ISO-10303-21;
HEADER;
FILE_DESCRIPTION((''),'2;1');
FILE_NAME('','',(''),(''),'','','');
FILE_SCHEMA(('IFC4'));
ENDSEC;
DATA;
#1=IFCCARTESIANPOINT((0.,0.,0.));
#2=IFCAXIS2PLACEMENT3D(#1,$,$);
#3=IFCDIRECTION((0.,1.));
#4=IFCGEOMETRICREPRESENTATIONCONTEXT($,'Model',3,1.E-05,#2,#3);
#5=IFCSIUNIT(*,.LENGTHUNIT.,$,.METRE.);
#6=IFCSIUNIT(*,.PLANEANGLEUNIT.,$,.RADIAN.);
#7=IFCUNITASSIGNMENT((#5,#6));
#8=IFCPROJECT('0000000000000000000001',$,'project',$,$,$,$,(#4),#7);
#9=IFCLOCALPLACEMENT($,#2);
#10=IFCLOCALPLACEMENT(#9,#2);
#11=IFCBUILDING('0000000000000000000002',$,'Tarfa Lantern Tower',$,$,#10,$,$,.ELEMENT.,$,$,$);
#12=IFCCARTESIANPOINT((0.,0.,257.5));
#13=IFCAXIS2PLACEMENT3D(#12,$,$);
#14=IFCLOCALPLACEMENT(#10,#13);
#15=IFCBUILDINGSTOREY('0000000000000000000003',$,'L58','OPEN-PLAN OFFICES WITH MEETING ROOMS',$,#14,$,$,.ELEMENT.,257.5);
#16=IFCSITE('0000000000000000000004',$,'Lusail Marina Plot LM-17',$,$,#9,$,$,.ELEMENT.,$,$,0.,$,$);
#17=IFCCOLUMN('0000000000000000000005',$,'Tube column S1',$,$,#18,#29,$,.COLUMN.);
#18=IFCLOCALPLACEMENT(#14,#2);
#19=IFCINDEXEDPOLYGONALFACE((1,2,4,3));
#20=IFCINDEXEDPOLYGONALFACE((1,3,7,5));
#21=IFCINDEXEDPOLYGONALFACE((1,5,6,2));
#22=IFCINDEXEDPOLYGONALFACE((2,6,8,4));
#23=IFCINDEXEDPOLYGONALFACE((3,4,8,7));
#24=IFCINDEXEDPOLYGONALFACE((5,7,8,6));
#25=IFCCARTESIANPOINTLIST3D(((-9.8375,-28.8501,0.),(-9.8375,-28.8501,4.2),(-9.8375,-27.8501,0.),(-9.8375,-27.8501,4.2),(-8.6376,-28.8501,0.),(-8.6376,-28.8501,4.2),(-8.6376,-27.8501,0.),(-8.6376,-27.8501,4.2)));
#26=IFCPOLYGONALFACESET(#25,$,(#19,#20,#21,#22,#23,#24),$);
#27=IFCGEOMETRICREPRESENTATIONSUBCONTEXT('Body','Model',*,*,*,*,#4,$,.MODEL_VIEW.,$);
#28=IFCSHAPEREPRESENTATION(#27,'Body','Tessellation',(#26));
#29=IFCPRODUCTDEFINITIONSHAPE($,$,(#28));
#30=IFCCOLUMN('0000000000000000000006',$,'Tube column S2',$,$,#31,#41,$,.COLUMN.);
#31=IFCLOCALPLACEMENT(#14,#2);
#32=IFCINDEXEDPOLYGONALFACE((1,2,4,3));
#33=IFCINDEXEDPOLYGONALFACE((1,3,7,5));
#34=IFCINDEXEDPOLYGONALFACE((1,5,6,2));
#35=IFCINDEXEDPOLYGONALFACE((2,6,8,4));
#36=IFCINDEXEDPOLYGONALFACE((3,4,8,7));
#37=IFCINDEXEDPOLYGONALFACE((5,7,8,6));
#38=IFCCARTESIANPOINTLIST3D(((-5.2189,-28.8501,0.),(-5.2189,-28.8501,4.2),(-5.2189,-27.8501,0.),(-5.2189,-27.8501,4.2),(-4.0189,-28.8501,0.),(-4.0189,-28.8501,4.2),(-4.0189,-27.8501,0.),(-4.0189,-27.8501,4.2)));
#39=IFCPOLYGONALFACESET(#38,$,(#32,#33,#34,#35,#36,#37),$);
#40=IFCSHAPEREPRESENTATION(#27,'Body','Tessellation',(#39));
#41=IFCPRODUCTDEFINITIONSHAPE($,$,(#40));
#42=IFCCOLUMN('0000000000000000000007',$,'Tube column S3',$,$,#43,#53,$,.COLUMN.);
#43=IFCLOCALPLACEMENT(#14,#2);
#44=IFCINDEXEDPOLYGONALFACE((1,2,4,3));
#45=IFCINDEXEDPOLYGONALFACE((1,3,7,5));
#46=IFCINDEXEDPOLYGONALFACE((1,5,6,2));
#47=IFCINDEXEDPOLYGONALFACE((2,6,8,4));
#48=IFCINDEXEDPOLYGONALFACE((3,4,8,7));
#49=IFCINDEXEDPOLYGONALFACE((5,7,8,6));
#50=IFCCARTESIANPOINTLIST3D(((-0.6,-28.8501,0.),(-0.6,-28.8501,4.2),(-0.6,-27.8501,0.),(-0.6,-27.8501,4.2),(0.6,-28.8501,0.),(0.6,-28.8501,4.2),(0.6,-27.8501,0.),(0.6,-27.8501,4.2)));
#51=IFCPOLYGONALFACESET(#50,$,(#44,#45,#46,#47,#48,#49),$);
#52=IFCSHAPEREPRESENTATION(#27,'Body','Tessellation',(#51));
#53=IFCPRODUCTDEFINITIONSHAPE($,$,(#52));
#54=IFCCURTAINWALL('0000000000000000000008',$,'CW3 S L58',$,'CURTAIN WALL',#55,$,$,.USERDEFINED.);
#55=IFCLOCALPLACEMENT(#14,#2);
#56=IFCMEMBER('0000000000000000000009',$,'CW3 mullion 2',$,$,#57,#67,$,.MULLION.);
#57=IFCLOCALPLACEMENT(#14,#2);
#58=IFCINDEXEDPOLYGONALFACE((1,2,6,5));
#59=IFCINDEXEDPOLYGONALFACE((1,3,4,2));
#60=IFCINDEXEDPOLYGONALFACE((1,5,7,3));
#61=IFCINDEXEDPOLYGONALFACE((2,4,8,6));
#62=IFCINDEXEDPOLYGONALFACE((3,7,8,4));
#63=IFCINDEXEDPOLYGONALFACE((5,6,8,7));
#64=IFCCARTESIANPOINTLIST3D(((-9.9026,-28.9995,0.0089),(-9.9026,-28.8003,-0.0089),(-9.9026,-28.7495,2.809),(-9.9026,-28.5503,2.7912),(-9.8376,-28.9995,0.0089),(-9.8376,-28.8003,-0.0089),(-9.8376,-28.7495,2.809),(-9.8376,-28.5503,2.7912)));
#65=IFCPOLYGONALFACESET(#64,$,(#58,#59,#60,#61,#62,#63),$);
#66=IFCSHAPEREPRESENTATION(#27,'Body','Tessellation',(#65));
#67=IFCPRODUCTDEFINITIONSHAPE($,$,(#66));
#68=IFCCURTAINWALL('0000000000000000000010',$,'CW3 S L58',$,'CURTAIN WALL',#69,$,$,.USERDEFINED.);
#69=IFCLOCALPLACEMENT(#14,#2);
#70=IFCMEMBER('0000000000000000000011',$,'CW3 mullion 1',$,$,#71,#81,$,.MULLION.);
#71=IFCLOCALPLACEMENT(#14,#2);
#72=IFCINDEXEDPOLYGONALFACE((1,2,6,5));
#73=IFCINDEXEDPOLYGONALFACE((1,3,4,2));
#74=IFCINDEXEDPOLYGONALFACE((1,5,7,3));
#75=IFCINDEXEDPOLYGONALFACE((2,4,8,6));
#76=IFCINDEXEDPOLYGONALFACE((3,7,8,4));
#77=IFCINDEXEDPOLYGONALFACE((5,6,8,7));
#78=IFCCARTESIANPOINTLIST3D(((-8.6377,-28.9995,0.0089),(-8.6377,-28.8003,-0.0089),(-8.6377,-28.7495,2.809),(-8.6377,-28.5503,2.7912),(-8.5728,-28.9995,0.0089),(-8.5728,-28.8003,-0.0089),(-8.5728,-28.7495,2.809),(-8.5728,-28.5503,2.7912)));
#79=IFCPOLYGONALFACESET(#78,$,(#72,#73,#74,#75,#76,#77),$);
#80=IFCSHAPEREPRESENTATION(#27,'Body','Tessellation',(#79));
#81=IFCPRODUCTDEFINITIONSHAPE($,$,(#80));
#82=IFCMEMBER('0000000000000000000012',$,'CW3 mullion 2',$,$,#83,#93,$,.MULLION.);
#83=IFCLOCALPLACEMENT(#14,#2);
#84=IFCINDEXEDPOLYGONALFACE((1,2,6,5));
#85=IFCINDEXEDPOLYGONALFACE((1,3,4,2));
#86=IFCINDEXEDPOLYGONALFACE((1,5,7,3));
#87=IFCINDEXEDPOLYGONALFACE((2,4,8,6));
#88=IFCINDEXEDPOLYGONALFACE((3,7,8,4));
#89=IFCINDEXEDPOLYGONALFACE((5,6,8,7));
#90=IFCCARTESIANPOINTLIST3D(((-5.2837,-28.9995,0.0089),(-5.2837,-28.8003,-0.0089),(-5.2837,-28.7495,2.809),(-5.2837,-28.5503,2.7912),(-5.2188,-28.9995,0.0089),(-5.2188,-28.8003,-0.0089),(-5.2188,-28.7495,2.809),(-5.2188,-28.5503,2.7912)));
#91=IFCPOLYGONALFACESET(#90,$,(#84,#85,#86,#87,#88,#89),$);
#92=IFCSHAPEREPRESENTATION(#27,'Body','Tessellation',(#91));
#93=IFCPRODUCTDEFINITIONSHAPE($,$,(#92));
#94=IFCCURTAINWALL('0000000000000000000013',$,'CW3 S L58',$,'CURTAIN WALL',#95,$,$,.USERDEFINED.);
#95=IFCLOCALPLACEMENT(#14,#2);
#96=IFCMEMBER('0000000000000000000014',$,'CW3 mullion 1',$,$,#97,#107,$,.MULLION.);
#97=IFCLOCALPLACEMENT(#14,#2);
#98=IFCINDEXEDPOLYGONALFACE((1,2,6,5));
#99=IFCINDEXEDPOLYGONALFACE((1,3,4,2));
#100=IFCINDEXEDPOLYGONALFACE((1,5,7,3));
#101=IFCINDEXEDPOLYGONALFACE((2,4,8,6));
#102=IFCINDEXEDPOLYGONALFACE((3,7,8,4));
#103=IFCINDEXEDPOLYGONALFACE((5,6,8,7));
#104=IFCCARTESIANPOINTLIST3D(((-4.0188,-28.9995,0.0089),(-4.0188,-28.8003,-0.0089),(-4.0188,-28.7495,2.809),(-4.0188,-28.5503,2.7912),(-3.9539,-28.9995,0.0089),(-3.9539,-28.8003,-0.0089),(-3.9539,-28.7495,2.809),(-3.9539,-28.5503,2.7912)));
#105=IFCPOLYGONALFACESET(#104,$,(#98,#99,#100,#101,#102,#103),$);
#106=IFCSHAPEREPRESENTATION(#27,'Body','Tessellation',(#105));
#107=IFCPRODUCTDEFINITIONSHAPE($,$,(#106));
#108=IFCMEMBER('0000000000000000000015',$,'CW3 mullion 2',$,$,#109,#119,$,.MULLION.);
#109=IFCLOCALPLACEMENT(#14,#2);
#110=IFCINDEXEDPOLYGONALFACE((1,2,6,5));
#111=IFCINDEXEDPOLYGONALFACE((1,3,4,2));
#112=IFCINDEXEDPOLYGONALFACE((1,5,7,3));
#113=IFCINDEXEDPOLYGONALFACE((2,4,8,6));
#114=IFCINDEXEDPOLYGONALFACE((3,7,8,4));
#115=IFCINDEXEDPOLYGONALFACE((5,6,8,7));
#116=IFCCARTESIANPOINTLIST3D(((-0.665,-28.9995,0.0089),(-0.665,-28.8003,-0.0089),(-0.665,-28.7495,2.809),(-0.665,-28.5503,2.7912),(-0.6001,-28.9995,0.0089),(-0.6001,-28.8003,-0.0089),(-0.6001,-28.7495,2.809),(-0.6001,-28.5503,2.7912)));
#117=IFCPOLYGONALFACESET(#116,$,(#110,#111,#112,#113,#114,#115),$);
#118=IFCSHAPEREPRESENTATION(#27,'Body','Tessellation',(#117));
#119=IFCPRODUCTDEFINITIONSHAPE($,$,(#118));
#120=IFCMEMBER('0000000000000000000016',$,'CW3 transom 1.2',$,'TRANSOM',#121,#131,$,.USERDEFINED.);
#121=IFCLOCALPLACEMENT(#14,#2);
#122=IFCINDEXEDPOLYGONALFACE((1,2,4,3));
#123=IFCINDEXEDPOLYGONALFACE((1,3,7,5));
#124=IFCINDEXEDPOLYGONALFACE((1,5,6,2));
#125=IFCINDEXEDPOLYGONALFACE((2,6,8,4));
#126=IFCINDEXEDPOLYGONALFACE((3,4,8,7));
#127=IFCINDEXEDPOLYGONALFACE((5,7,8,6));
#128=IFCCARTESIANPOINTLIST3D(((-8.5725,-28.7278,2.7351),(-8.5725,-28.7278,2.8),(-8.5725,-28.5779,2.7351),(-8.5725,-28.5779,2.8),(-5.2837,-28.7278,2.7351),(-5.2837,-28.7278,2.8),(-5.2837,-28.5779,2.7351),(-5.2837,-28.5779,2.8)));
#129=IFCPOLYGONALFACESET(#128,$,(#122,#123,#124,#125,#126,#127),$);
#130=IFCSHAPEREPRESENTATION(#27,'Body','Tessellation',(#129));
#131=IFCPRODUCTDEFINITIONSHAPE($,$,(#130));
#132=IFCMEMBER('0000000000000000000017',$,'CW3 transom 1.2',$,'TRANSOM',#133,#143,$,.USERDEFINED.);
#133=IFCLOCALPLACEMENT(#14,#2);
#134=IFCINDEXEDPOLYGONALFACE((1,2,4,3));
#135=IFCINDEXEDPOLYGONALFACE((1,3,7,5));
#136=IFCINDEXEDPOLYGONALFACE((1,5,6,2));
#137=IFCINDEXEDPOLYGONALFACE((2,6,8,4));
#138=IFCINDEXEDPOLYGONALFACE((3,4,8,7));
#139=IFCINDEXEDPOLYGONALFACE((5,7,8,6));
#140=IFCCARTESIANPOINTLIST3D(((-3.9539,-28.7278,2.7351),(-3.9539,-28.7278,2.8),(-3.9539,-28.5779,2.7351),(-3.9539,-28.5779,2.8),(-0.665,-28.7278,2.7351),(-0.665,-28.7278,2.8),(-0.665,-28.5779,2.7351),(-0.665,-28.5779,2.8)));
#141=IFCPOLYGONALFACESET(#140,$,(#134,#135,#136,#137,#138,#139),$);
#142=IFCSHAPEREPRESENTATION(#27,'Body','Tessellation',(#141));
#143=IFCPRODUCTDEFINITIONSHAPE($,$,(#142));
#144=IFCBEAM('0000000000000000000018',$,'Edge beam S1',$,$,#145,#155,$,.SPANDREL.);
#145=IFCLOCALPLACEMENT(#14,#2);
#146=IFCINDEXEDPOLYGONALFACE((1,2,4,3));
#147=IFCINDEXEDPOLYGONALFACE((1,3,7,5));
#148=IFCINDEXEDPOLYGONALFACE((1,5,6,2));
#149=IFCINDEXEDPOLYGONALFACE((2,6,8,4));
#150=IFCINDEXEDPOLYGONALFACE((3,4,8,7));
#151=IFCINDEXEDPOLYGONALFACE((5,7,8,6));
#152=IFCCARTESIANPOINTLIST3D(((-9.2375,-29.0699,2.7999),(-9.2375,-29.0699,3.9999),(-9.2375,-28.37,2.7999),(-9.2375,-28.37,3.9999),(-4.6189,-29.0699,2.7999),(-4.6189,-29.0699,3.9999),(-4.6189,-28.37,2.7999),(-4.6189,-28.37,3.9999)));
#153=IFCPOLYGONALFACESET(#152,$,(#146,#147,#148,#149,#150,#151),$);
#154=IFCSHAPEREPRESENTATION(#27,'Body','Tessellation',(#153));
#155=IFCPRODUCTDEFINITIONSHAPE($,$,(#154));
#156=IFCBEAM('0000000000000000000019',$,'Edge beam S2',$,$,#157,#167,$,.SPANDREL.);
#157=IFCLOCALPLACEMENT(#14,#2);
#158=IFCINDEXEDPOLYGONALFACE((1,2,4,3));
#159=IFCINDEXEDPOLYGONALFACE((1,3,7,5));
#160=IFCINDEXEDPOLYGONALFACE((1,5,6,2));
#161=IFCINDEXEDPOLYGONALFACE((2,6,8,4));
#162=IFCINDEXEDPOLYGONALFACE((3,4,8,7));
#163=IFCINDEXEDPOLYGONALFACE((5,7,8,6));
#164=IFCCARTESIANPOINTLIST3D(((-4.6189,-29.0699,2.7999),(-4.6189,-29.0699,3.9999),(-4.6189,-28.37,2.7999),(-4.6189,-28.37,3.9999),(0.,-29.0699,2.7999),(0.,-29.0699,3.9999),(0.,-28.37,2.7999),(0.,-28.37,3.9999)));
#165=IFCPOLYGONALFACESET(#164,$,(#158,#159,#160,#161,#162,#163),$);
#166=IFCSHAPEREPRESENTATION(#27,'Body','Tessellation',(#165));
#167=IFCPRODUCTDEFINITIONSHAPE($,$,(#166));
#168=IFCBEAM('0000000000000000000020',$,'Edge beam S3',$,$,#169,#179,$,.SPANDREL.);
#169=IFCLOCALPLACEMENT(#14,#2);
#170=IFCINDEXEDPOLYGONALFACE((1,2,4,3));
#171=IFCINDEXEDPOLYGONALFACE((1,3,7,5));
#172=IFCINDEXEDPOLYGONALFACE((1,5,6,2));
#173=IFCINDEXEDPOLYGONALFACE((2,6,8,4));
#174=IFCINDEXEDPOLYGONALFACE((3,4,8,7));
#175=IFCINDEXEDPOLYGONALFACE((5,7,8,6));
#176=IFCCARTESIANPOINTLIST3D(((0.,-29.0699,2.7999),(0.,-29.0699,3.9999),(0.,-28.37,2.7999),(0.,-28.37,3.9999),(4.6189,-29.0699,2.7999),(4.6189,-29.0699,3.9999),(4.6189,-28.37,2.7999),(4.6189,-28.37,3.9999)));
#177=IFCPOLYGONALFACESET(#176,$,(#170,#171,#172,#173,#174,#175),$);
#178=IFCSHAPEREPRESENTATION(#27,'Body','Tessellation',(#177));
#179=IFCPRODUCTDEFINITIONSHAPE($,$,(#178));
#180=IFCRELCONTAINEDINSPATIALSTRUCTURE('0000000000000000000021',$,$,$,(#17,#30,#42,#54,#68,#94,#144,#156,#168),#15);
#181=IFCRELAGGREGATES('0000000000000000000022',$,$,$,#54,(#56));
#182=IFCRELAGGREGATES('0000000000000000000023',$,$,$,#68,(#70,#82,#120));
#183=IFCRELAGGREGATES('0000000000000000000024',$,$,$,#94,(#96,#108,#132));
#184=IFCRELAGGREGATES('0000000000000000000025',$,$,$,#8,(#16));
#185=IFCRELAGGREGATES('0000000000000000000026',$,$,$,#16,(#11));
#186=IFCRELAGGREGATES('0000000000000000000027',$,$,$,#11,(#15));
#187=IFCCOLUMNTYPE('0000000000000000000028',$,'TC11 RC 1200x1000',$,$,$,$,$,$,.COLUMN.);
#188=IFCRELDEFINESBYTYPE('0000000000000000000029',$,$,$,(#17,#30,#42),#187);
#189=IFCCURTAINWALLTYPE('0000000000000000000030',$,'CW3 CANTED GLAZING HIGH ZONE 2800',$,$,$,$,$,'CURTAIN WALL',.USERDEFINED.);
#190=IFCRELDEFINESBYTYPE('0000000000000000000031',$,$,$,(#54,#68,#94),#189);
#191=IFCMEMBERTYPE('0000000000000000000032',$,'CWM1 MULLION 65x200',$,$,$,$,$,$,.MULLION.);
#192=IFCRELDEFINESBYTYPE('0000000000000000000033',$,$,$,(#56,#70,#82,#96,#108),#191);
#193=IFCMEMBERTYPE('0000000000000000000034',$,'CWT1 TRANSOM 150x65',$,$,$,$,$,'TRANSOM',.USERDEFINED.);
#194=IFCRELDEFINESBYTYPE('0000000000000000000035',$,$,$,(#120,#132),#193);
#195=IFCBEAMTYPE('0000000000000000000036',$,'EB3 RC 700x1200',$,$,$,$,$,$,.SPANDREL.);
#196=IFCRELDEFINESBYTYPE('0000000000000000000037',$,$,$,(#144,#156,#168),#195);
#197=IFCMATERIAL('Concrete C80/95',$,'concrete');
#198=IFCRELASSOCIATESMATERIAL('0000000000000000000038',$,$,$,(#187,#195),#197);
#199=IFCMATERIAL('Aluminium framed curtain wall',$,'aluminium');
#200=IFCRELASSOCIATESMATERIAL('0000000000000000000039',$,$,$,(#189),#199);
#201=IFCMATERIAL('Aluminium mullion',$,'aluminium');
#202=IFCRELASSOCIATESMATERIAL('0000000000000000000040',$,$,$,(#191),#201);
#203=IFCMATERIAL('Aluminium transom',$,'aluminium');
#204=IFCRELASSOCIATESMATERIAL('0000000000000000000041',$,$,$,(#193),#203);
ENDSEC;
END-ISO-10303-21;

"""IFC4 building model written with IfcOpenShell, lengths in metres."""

from ifc_helpers import new_model, si_unit, direction, frame, origin, origin_2d, place, context, subcontext, project, spatial, rectangle, extrude, material, material_profile, profile_set, type_object, element, aggregate, save


model = new_model("IFC4")

# Units and contexts
model_context = context("Model", 3, precision=1e-05, world=origin(), true_north=direction((0.0, 1.0)))
body_context = subcontext(model_context, "Body", "Model", "MODEL_VIEW")
ifc_project = project(units=[si_unit("LENGTHUNIT", "METRE"), si_unit("PLANEANGLEUNIT", "RADIAN")], contexts=[model_context])

# Site, building, storey
site_placement = place(None, origin())
site = spatial("IfcSite", under=ifc_project, at=site_placement, Name="Lusail Marina Plot LM-17", CompositionType="ELEMENT", RefElevation=0.0)
building_placement = place(site_placement, origin())
building = spatial("IfcBuilding", under=site, at=building_placement, Name="Tarfa Lantern Tower", CompositionType="ELEMENT")
storey_placement = place(building_placement, frame((0.0, 0.0, 257.5)))
storey = spatial("IfcBuildingStorey", under=building, at=storey_placement, Name="L58", Description="OPEN-PLAN OFFICES WITH MEETING ROOMS", CompositionType="ELEMENT", Elevation=257.5)

# Columns
ifc_material_1 = material(Name="Concrete C80/95", Category="concrete")
ifc_material_profile_1 = material_profile(ifc_material_1, rectangle(XDim=1.2, YDim=1.0, at=origin_2d()), Name="RC 1200x1000")
ifc_profile_set_1 = profile_set([ifc_material_profile_1], Name="Concrete C80/95")
column_type = type_object("IfcColumnType", Name="TC11 RC 1200x1000", PredefinedType="COLUMN", material=ifc_profile_set_1)
for number, where, z_axis, x_axis, name in (
    (1, (-9.2375, -28.3501, 0.0), (0.0, 0.0, 1.0), (1.0, 0.0, 0.0), "Tube column S1"),
    (2, (-4.6189, -28.3501, 0.0), (0.0, 0.0, 1.0), (1.0, 0.0, 0.0), "Tube column S2"),
    (3, (0.0, -28.3501, 0.0), (0.0, 0.0, 1.0), (1.0, 0.0, 0.0), "Tube column S3"),
):
    element("IfcColumn", number, at=place(storey_placement, frame(where, z_axis=z_axis, x_axis=x_axis)), inside=storey, type_object=column_type, Name=name, PredefinedType="COLUMN", context=body_context, shape_type="SweptSolid", body=[
        extrude(rectangle(XDim=1.2, YDim=1.0, at=origin_2d()), origin(), (0.0, 0.0, 1.0), 4.2),
    ])

# Curtain wall, member
ifc_material_2 = material(Name="Aluminium framed curtain wall", Category="aluminium")
curtain_wall_type = type_object("IfcCurtainWallType", Name="CW3 CANTED GLAZING HIGH ZONE 2800", ElementType="CURTAIN WALL", PredefinedType="USERDEFINED", material=ifc_material_2)
curtain_wall_1_placement = place(storey_placement, origin())
curtain_wall_1 = element("IfcCurtainWall", 4, at=curtain_wall_1_placement, inside=storey, type_object=curtain_wall_type, Name="CW3 S L58", ObjectType="CURTAIN WALL", PredefinedType="USERDEFINED")
ifc_material_3 = material(Name="Aluminium mullion", Category="aluminium")
ifc_material_profile_2 = material_profile(ifc_material_3, rectangle(XDim=0.0649, YDim=0.2, at=origin_2d()), Name="AL MULLION 65x200")
ifc_profile_set_2 = profile_set([ifc_material_profile_2], Name="Aluminium mullion")
member_type_1 = type_object("IfcMemberType", Name="CWM1 MULLION 65x200", PredefinedType="MULLION", material=ifc_profile_set_2)
member_1_placement = place(storey_placement, frame((-9.8701, -28.8999, 0.0), z_axis=(0.0, 0.08893, 0.996038), x_axis=(-1.0, 0.0, 0.0)))
member_1 = element("IfcMember", 5, at=member_1_placement, type_object=member_type_1, Name="CW3 mullion 2", PredefinedType="MULLION", context=body_context, shape_type="SweptSolid", body=[
    extrude(rectangle(XDim=0.0649, YDim=0.2, at=origin_2d()), origin(), (0.0, 0.0, 1.0), 2.8113),
])
aggregate(curtain_wall_1, [member_1])

# Curtain walls, members
curtain_wall_2_placement = place(storey_placement, origin())
curtain_wall_2 = element("IfcCurtainWall", 6, at=curtain_wall_2_placement, inside=storey, type_object=curtain_wall_type, Name="CW3 S L58", ObjectType="CURTAIN WALL", PredefinedType="USERDEFINED")
member_2_placement = place(storey_placement, frame((-8.6052, -28.8999, 0.0), z_axis=(0.0, 0.08893, 0.996038), x_axis=(-1.0, 0.0, 0.0)))
member_2 = element("IfcMember", 7, at=member_2_placement, type_object=member_type_1, Name="CW3 mullion 1", PredefinedType="MULLION", context=body_context, shape_type="SweptSolid", body=[
    extrude(rectangle(XDim=0.0649, YDim=0.2, at=origin_2d()), origin(), (0.0, 0.0, 1.0), 2.8113),
])
member_3_placement = place(storey_placement, frame((-5.2512, -28.8999, 0.0), z_axis=(0.0, 0.08893, 0.996038), x_axis=(-1.0, 0.0, 0.0)))
member_3 = element("IfcMember", 8, at=member_3_placement, type_object=member_type_1, Name="CW3 mullion 2", PredefinedType="MULLION", context=body_context, shape_type="SweptSolid", body=[
    extrude(rectangle(XDim=0.0649, YDim=0.2, at=origin_2d()), origin(), (0.0, 0.0, 1.0), 2.8113),
])
curtain_wall_3_placement = place(storey_placement, origin())
curtain_wall_3 = element("IfcCurtainWall", 9, at=curtain_wall_3_placement, inside=storey, type_object=curtain_wall_type, Name="CW3 S L58", ObjectType="CURTAIN WALL", PredefinedType="USERDEFINED")
member_4_placement = place(storey_placement, frame((-3.9863, -28.8999, 0.0), z_axis=(0.0, 0.08893, 0.996038), x_axis=(-1.0, 0.0, 0.0)))
member_4 = element("IfcMember", 10, at=member_4_placement, type_object=member_type_1, Name="CW3 mullion 1", PredefinedType="MULLION", context=body_context, shape_type="SweptSolid", body=[
    extrude(rectangle(XDim=0.0649, YDim=0.2, at=origin_2d()), origin(), (0.0, 0.0, 1.0), 2.8113),
])
member_5_placement = place(storey_placement, frame((-0.6326, -28.8999, 0.0), z_axis=(0.0, 0.08893, 0.996038), x_axis=(-1.0, 0.0, 0.0)))
member_5 = element("IfcMember", 11, at=member_5_placement, type_object=member_type_1, Name="CW3 mullion 2", PredefinedType="MULLION", context=body_context, shape_type="SweptSolid", body=[
    extrude(rectangle(XDim=0.0649, YDim=0.2, at=origin_2d()), origin(), (0.0, 0.0, 1.0), 2.8113),
])

# Members
ifc_material_4 = material(Name="Aluminium transom", Category="aluminium")
ifc_material_profile_3 = material_profile(ifc_material_4, rectangle(XDim=0.1499, YDim=0.0649, at=origin_2d()), Name="AL TRANSOM 150x65")
ifc_profile_set_3 = profile_set([ifc_material_profile_3], Name="Aluminium transom")
member_type_2 = type_object("IfcMemberType", Name="CWT1 TRANSOM 150x65", ElementType="TRANSOM", PredefinedType="USERDEFINED", material=ifc_profile_set_3)
member_6_placement = place(storey_placement, frame((-8.5725, -28.6528, 2.7676), z_axis=(1.0, 0.0, 0.0), x_axis=(0.0, 1.0, 0.0)))
member_6 = element("IfcMember", 12, at=member_6_placement, type_object=member_type_2, Name="CW3 transom 1.2", ObjectType="TRANSOM", PredefinedType="USERDEFINED", context=body_context, shape_type="SweptSolid", body=[
    extrude(rectangle(XDim=0.1499, YDim=0.0649, at=origin_2d()), origin(), (0.0, 0.0, 1.0), 3.2888),
])
member_7_placement = place(storey_placement, frame((-3.9539, -28.6528, 2.7676), z_axis=(1.0, 0.0, 0.0), x_axis=(0.0, 1.0, 0.0)))
member_7 = element("IfcMember", 13, at=member_7_placement, type_object=member_type_2, Name="CW3 transom 1.2", ObjectType="TRANSOM", PredefinedType="USERDEFINED", context=body_context, shape_type="SweptSolid", body=[
    extrude(rectangle(XDim=0.1499, YDim=0.0649, at=origin_2d()), origin(), (0.0, 0.0, 1.0), 3.2888),
])

# Beams
ifc_material_profile_4 = material_profile(ifc_material_1, rectangle(XDim=0.7, YDim=1.2, at=origin_2d()), Name="RC 700x1200")
ifc_profile_set_4 = profile_set([ifc_material_profile_4], Name="Concrete C80/95")
beam_type_1 = type_object("IfcBeamType", Name="EB3 RC 700x1200", PredefinedType="SPANDREL", material=ifc_profile_set_4)
beam_placement = place(storey_placement, frame((-9.2375, -28.72, 3.3999), z_axis=(1.0, 0.0, 0.0), x_axis=(0.0, 1.0, 0.0)))
element("IfcBeam", 14, at=beam_placement, inside=storey, type_object=beam_type_1, Name="Edge beam S1", PredefinedType="SPANDREL", context=body_context, shape_type="SweptSolid", body=[
    extrude(rectangle(XDim=0.7, YDim=1.2, at=origin_2d()), origin(), (0.0, 0.0, 1.0), 4.6187),
])
for number, where, z_axis, x_axis, name in (
    (15, (-4.6189, -28.72, 3.3999), (1.0, 0.0, 0.0), (0.0, 1.0, 0.0), "Edge beam S2"),
    (16, (0.0, -28.72, 3.3999), (1.0, 0.0, 0.0), (0.0, 1.0, 0.0), "Edge beam S3"),
):
    element("IfcBeam", number, at=place(storey_placement, frame(where, z_axis=z_axis, x_axis=x_axis)), inside=storey, type_object=beam_type_1, Name=name, PredefinedType="SPANDREL", context=body_context, shape_type="SweptSolid", body=[
        extrude(rectangle(XDim=0.7, YDim=1.2, at=origin_2d()), origin(), (0.0, 0.0, 1.0), 4.6189),
    ])

aggregate(curtain_wall_2, [member_2, member_3, member_6])
aggregate(curtain_wall_3, [member_4, member_5, member_7])

save(model, "model.ifc")
